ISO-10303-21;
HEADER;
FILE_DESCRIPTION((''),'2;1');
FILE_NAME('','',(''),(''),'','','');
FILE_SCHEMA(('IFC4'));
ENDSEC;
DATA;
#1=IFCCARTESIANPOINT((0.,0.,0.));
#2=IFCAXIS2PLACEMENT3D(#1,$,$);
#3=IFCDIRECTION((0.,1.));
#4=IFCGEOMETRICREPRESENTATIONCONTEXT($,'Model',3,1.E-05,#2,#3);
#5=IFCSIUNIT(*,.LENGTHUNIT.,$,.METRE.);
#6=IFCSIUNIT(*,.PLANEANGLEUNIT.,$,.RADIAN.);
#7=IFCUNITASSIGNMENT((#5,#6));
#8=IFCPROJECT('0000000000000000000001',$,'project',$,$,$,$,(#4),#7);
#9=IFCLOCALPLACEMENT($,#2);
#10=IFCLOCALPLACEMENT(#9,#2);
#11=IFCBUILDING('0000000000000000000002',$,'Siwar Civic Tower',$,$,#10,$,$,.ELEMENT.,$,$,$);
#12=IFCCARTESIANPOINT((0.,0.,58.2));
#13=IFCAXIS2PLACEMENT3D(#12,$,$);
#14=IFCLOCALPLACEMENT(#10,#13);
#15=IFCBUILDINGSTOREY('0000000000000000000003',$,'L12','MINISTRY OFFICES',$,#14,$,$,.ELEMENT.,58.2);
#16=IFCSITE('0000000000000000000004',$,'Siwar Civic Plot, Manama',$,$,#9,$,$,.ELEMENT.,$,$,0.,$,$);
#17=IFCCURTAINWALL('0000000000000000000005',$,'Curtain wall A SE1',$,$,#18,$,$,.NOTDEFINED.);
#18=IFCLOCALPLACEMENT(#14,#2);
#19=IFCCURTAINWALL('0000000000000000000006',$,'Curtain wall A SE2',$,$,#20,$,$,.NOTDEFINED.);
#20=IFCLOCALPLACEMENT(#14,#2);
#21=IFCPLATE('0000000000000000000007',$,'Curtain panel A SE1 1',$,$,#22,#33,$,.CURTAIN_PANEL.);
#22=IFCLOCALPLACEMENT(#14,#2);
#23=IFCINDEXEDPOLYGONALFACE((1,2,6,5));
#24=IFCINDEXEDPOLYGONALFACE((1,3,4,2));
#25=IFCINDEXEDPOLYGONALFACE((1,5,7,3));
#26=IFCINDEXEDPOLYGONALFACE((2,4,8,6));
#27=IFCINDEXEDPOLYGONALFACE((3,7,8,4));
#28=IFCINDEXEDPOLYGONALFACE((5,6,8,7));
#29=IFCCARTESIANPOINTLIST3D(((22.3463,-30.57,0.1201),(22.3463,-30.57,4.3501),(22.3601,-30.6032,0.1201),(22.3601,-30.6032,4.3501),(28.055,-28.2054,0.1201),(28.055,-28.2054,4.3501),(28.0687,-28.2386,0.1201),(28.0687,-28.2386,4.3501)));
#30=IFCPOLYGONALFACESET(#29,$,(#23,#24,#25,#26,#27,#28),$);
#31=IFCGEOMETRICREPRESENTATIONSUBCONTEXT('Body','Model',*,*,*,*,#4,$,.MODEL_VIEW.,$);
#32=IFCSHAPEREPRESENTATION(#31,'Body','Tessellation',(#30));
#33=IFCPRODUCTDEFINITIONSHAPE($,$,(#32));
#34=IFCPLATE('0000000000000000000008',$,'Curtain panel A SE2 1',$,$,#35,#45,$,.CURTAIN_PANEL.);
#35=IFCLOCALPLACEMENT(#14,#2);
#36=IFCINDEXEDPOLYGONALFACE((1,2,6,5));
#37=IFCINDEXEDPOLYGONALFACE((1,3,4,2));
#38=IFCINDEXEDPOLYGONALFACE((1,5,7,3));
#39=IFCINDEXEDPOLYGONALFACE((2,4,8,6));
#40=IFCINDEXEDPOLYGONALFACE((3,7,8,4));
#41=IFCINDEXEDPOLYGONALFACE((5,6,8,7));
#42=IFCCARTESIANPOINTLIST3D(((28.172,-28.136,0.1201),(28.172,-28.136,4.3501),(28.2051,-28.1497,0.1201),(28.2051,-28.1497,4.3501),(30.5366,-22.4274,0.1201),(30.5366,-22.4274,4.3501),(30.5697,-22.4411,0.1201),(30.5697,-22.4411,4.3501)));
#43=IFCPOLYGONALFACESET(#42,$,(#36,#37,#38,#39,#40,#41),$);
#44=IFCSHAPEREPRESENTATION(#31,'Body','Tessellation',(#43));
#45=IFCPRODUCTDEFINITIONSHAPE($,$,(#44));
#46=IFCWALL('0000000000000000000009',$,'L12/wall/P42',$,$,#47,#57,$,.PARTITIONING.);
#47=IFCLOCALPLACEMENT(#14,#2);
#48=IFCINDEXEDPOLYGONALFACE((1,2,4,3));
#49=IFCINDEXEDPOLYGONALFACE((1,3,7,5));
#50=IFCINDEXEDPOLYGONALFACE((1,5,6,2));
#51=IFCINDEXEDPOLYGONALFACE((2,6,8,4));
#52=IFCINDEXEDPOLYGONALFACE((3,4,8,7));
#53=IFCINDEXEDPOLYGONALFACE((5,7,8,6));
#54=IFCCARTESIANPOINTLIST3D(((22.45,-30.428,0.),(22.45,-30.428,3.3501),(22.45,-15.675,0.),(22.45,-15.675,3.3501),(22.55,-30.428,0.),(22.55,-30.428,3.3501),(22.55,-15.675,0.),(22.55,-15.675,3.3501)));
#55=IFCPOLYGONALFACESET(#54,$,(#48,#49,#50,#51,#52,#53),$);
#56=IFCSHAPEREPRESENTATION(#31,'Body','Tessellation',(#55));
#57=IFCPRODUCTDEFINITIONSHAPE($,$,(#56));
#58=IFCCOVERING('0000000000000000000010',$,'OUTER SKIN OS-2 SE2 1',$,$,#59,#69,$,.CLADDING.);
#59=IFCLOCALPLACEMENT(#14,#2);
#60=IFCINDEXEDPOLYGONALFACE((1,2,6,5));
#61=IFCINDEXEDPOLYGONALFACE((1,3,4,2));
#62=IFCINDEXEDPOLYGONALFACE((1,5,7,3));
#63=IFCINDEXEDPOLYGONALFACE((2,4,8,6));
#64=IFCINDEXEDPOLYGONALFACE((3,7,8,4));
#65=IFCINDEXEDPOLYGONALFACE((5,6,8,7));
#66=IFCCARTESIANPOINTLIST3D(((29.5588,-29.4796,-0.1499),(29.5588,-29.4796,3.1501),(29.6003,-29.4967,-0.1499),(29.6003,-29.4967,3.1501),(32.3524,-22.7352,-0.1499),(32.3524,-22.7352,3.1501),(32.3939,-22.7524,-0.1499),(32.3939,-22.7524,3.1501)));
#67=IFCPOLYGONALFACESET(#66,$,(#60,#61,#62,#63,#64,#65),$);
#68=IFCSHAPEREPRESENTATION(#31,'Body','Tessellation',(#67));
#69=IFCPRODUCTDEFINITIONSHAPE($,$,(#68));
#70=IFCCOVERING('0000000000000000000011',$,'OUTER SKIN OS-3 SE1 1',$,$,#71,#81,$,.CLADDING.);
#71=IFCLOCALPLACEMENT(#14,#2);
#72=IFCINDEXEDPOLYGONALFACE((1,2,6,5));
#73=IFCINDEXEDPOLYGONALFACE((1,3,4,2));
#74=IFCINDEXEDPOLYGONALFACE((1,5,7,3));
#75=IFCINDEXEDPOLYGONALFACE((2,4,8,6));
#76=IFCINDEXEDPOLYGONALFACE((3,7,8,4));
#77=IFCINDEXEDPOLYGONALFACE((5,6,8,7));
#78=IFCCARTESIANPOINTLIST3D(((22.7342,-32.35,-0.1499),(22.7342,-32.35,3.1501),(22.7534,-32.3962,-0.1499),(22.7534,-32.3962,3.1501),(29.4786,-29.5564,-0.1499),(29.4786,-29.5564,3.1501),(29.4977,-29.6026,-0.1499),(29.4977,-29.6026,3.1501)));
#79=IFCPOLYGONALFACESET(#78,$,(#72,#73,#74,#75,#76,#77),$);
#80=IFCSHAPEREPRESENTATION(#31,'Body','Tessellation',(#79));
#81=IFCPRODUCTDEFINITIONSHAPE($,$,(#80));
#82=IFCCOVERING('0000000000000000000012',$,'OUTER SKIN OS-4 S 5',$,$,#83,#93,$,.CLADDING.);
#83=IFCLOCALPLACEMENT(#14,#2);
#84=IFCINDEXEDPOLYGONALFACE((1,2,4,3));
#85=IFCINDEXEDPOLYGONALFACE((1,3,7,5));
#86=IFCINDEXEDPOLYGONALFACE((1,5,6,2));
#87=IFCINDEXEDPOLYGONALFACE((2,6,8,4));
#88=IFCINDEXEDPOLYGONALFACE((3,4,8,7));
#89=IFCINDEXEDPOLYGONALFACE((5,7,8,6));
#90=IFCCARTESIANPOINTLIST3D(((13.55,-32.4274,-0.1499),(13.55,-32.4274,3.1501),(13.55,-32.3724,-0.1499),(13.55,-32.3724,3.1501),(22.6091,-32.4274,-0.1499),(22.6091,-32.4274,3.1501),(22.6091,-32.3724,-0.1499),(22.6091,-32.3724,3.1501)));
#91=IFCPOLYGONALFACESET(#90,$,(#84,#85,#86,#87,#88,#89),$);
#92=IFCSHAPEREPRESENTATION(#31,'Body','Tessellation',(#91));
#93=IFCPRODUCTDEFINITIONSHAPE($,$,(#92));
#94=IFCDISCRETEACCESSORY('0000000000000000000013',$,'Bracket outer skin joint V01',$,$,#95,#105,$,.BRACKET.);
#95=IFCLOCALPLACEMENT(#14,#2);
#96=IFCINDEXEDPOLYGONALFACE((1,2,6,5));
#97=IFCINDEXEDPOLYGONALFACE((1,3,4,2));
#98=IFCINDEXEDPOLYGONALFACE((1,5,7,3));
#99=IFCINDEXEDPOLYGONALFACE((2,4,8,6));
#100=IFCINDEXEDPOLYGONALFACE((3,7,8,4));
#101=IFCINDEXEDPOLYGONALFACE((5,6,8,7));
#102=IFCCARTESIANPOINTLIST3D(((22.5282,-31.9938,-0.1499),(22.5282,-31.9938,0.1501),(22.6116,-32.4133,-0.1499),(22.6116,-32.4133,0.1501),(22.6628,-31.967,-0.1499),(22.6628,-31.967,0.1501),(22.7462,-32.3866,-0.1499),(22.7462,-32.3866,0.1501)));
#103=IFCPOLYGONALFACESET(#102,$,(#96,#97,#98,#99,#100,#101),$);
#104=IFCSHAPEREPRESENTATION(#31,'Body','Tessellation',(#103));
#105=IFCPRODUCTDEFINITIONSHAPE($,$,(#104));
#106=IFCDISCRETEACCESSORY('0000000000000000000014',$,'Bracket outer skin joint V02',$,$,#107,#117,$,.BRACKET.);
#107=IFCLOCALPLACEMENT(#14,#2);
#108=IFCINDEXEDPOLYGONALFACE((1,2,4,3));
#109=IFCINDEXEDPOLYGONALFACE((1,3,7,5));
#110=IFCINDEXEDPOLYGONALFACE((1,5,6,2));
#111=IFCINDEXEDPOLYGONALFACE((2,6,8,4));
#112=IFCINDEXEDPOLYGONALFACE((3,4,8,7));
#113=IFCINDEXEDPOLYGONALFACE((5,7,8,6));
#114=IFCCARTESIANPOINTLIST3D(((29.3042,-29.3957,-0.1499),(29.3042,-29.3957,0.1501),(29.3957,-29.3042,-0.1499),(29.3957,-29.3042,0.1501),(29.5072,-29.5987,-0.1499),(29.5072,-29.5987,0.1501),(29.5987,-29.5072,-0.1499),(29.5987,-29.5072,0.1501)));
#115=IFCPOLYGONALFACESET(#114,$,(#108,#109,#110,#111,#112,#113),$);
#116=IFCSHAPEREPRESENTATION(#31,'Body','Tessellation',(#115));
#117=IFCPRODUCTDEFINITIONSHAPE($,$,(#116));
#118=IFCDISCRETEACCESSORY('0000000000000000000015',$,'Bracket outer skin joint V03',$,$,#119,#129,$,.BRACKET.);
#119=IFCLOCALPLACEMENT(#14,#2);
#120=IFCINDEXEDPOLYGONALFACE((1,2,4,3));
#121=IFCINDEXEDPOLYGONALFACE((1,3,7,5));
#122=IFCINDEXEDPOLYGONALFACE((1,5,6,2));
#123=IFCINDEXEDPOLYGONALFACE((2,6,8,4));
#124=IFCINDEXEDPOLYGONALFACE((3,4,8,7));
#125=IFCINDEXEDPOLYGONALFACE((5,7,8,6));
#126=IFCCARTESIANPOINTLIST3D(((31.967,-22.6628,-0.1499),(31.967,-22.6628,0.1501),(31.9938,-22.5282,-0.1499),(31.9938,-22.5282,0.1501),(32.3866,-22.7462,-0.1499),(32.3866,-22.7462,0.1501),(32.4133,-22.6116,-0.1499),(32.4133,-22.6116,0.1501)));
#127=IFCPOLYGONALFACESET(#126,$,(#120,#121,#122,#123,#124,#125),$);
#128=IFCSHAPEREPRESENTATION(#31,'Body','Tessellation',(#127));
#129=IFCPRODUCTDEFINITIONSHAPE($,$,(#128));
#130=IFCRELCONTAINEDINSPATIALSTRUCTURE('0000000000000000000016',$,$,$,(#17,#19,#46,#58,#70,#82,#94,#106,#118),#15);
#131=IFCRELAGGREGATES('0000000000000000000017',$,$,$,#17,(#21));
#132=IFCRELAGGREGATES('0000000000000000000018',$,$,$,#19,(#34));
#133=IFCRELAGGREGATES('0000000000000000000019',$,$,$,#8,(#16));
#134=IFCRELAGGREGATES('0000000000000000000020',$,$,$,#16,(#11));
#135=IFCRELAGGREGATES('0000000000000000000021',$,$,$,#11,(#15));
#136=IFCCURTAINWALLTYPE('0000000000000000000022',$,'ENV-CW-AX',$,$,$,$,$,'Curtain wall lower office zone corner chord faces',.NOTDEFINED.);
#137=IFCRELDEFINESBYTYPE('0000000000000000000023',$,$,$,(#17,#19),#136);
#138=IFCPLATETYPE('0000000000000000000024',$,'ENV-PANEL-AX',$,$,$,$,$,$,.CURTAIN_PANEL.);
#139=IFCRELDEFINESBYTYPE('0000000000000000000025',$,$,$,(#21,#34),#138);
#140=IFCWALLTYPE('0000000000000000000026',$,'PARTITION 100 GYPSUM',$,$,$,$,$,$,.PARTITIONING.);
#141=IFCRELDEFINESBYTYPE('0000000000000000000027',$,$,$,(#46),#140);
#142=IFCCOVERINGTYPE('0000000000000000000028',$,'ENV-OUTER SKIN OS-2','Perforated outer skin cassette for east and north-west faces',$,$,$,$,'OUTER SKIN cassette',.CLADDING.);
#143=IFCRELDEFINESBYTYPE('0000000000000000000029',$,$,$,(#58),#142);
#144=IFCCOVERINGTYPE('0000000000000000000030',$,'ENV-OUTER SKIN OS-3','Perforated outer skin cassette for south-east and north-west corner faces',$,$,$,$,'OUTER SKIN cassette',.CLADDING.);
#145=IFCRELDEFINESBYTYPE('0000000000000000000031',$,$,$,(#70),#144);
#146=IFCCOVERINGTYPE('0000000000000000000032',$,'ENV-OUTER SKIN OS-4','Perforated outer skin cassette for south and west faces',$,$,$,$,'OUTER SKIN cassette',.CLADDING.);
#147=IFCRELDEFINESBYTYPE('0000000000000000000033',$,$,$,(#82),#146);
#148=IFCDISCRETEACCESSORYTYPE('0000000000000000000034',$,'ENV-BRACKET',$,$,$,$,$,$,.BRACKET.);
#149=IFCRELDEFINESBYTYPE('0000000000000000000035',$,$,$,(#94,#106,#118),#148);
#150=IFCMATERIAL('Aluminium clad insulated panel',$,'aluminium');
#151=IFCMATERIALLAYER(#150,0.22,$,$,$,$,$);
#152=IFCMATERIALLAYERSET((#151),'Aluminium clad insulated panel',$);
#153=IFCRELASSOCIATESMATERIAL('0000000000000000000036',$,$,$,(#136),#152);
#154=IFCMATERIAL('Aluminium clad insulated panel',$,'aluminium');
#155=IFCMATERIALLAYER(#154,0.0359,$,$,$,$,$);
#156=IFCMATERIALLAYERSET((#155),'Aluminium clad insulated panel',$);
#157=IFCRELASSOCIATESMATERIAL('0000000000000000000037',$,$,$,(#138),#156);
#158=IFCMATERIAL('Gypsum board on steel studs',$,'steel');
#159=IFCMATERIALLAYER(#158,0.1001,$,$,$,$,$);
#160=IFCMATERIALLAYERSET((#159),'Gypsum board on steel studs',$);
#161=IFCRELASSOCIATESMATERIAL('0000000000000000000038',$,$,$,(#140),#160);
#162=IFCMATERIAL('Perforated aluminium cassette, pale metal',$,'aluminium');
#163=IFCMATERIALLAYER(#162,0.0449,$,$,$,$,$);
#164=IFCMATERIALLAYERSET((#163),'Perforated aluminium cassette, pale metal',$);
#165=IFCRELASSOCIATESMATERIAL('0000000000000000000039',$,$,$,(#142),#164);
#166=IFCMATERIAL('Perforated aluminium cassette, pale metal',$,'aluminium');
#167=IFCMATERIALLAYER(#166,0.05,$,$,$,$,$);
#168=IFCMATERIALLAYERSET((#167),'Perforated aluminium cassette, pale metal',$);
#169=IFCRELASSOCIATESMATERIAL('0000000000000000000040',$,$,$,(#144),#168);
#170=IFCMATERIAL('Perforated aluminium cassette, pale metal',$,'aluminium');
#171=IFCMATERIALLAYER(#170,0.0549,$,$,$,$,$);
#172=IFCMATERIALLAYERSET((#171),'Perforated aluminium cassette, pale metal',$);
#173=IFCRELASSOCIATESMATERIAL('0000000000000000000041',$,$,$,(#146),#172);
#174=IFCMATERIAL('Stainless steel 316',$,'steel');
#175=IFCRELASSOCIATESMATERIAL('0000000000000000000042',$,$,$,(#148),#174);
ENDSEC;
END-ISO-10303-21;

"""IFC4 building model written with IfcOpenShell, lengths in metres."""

from ifc_helpers import new_model, si_unit, direction, frame, frame_2d, origin, origin_2d, place, context, subcontext, project, spatial, rectangle, extrude, material, layer, layer_set, type_object, element, aggregate, save


model = new_model("IFC4")

# Units and contexts
model_context = context("Model", 3, precision=1e-05, world=origin(), true_north=direction((0.0, 1.0)))
body_context = subcontext(model_context, "Body", "Model", "MODEL_VIEW")
ifc_project = project(units=[si_unit("LENGTHUNIT", "METRE"), si_unit("PLANEANGLEUNIT", "RADIAN")], contexts=[model_context])

# Site, building, storey
site_placement = place(None, origin())
site = spatial("IfcSite", under=ifc_project, at=site_placement, Name="Siwar Civic Plot, Manama", CompositionType="ELEMENT", RefElevation=0.0)
building_placement = place(site_placement, origin())
building = spatial("IfcBuilding", under=site, at=building_placement, Name="Siwar Civic Tower", CompositionType="ELEMENT")
storey_placement = place(building_placement, frame((0.0, 0.0, 58.2)))
storey = spatial("IfcBuildingStorey", under=building, at=storey_placement, Name="L12", Description="MINISTRY OFFICES", CompositionType="ELEMENT", Elevation=58.2)

# Curtain walls
ifc_material_1 = material(Name="Aluminium clad insulated panel", Category="aluminium")
ifc_layer_1 = layer(ifc_material_1, 0.22)
ifc_layer_set_1 = layer_set([ifc_layer_1], Name="Aluminium clad insulated panel")
curtain_wall_type_1 = type_object("IfcCurtainWallType", Name="ENV-CW-AX", ElementType="Curtain wall lower office zone corner chord faces", PredefinedType="NOTDEFINED", material=ifc_layer_set_1)
curtain_wall_1_placement = place(storey_placement, origin())
curtain_wall_1 = element("IfcCurtainWall", 1, at=curtain_wall_1_placement, inside=storey, type_object=curtain_wall_type_1, Name="Curtain wall A SE1", PredefinedType="NOTDEFINED")
curtain_wall_2_placement = place(storey_placement, origin())
curtain_wall_2 = element("IfcCurtainWall", 2, at=curtain_wall_2_placement, inside=storey, type_object=curtain_wall_type_1, Name="Curtain wall A SE2", PredefinedType="NOTDEFINED")

# Plates
ifc_material_2 = material(Name="Aluminium clad insulated panel", Category="aluminium")
ifc_layer_2 = layer(ifc_material_2, 0.0359)
ifc_layer_set_2 = layer_set([ifc_layer_2], Name="Aluminium clad insulated panel")
plate_type_1 = type_object("IfcPlateType", Name="ENV-PANEL-AX", PredefinedType="CURTAIN_PANEL", material=ifc_layer_set_2)
plate_1_placement = place(storey_placement, frame((25.2075, -29.4043, 0.1201), z_axis=(0.0, 0.0, 1.0), x_axis=(0.92388, 0.382683, 0.0)))
plate_1 = element("IfcPlate", 3, at=plate_1_placement, type_object=plate_type_1, Name="Curtain panel A SE1 1", PredefinedType="CURTAIN_PANEL", context=body_context, shape_type="SweptSolid", body=[
    extrude(rectangle(XDim=6.179, YDim=0.0359, at=origin_2d()), origin(), (0.0, 0.0, 1.0), 4.23),
])
aggregate(curtain_wall_1, [plate_1])
plate_2_placement = place(storey_placement, frame((29.3708, -25.2886, 0.1201), z_axis=(0.0, 0.0, 1.0), x_axis=(0.382683, 0.92388, 0.0)))
plate_2 = element("IfcPlate", 4, at=plate_2_placement, type_object=plate_type_1, Name="Curtain panel A SE2 1", PredefinedType="CURTAIN_PANEL", context=body_context, shape_type="SweptSolid", body=[
    extrude(rectangle(XDim=6.179, YDim=0.0359, at=origin_2d()), origin(), (0.0, 0.0, 1.0), 4.23),
])
aggregate(curtain_wall_2, [plate_2])

# Wall
ifc_material_3 = material(Name="Gypsum board on steel studs", Category="steel")
ifc_layer_3 = layer(ifc_material_3, 0.1001)
ifc_layer_set_3 = layer_set([ifc_layer_3], Name="Gypsum board on steel studs")
wall_type = type_object("IfcWallType", Name="PARTITION 100 GYPSUM", PredefinedType="PARTITIONING", material=ifc_layer_set_3)
wall_placement = place(storey_placement, frame((22.5, -30.428, 0.0), z_axis=(0.0, 0.0, 1.0), x_axis=(0.0, 1.0, 0.0)))
element("IfcWall", 5, at=wall_placement, inside=storey, type_object=wall_type, Name="L12/wall/P42", PredefinedType="PARTITIONING", context=body_context, shape_type="SweptSolid", body=[
    extrude(rectangle(XDim=14.7529, YDim=0.1001, at=frame_2d((7.3765, 0.0))), origin(), (0.0, 0.0, 1.0), 3.3501),
])

# Coverings
ifc_material_4 = material(Name="Perforated aluminium cassette, pale metal", Category="aluminium")
ifc_layer_4 = layer(ifc_material_4, 0.0449)
ifc_layer_set_4 = layer_set([ifc_layer_4], Name="Perforated aluminium cassette, pale metal")
covering_type_1 = type_object("IfcCoveringType", Name="ENV-OUTER SKIN OS-2", Description="Perforated outer skin cassette for east and north-west faces", ElementType="OUTER SKIN cassette", PredefinedType="CLADDING", material=ifc_layer_set_4)
covering_1_placement = place(storey_placement, frame((30.9763, -26.116, -0.1499), z_axis=(0.0, 0.0, 1.0), x_axis=(0.382683, 0.92388, 0.0)))
element("IfcCovering", 6, at=covering_1_placement, inside=storey, type_object=covering_type_1, Name="OUTER SKIN OS-2 SE2 1", PredefinedType="CLADDING", context=body_context, shape_type="SweptSolid", body=[
    extrude(rectangle(XDim=7.3, YDim=0.0449, at=origin_2d()), origin(), (0.0, 0.0, 1.0), 3.3),
])
ifc_material_5 = material(Name="Perforated aluminium cassette, pale metal", Category="aluminium")
ifc_layer_5 = layer(ifc_material_5, 0.05)
ifc_layer_set_5 = layer_set([ifc_layer_5], Name="Perforated aluminium cassette, pale metal")
covering_type_2 = type_object("IfcCoveringType", Name="ENV-OUTER SKIN OS-3", Description="Perforated outer skin cassette for south-east and north-west corner faces", ElementType="OUTER SKIN cassette", PredefinedType="CLADDING", material=ifc_layer_set_5)
covering_2_placement = place(storey_placement, frame((26.116, -30.9763, -0.1499), z_axis=(0.0, 0.0, 1.0), x_axis=(0.92388, 0.382683, 0.0)))
element("IfcCovering", 7, at=covering_2_placement, inside=storey, type_object=covering_type_2, Name="OUTER SKIN OS-3 SE1 1", PredefinedType="CLADDING", context=body_context, shape_type="SweptSolid", body=[
    extrude(rectangle(XDim=7.3, YDim=0.05, at=origin_2d()), origin(), (0.0, 0.0, 1.0), 3.3),
])
ifc_material_6 = material(Name="Perforated aluminium cassette, pale metal", Category="aluminium")
ifc_layer_6 = layer(ifc_material_6, 0.0549)
ifc_layer_set_6 = layer_set([ifc_layer_6], Name="Perforated aluminium cassette, pale metal")
covering_type_3 = type_object("IfcCoveringType", Name="ENV-OUTER SKIN OS-4", Description="Perforated outer skin cassette for south and west faces", ElementType="OUTER SKIN cassette", PredefinedType="CLADDING", material=ifc_layer_set_6)
covering_3_placement = place(storey_placement, frame((18.0796, -32.3999, -0.1499), z_axis=(0.0, 0.0, 1.0), x_axis=(1.0, 0.0, 0.0)))
element("IfcCovering", 8, at=covering_3_placement, inside=storey, type_object=covering_type_3, Name="OUTER SKIN OS-4 S 5", PredefinedType="CLADDING", context=body_context, shape_type="SweptSolid", body=[
    extrude(rectangle(XDim=9.0591, YDim=0.0549, at=origin_2d()), origin(), (0.0, 0.0, 1.0), 3.3),
])

# Discrete accessories
ifc_material_7 = material(Name="Stainless steel 316", Category="steel")
discrete_accessory_type = type_object("IfcDiscreteAccessoryType", Name="ENV-BRACKET", PredefinedType="BRACKET", material=ifc_material_7)
discrete_accessory_1_placement = place(storey_placement, frame((22.6372, -32.1902, -0.1499), z_axis=(0.0, 0.0, 1.0), x_axis=(0.19509, -0.980785, 0.0)))
element("IfcDiscreteAccessory", 9, at=discrete_accessory_1_placement, inside=storey, type_object=discrete_accessory_type, Name="Bracket outer skin joint V01", PredefinedType="BRACKET", context=body_context, shape_type="SweptSolid", body=[
    extrude(rectangle(XDim=0.4277, YDim=0.1372, at=origin_2d()), origin(), (0.0, 0.0, 1.0), 0.3),
])
discrete_accessory_2_placement = place(storey_placement, frame((29.4514, -29.4514, -0.1499), z_axis=(0.0, 0.0, 1.0), x_axis=(0.707107, -0.707107, 0.0)))
element("IfcDiscreteAccessory", 10, at=discrete_accessory_2_placement, inside=storey, type_object=discrete_accessory_type, Name="Bracket outer skin joint V02", PredefinedType="BRACKET", context=body_context, shape_type="SweptSolid", body=[
    extrude(rectangle(XDim=0.2871, YDim=0.1294, at=origin_2d()), origin(), (0.0, 0.0, 1.0), 0.3),
])
discrete_accessory_3_placement = place(storey_placement, frame((32.1902, -22.6372, -0.1499), z_axis=(0.0, 0.0, 1.0), x_axis=(0.980785, -0.19509, 0.0)))
element("IfcDiscreteAccessory", 11, at=discrete_accessory_3_placement, inside=storey, type_object=discrete_accessory_type, Name="Bracket outer skin joint V03", PredefinedType="BRACKET", context=body_context, shape_type="SweptSolid", body=[
    extrude(rectangle(XDim=0.4277, YDim=0.1372, at=origin_2d()), origin(), (0.0, 0.0, 1.0), 0.3),
])

save(model, "model.ifc")
